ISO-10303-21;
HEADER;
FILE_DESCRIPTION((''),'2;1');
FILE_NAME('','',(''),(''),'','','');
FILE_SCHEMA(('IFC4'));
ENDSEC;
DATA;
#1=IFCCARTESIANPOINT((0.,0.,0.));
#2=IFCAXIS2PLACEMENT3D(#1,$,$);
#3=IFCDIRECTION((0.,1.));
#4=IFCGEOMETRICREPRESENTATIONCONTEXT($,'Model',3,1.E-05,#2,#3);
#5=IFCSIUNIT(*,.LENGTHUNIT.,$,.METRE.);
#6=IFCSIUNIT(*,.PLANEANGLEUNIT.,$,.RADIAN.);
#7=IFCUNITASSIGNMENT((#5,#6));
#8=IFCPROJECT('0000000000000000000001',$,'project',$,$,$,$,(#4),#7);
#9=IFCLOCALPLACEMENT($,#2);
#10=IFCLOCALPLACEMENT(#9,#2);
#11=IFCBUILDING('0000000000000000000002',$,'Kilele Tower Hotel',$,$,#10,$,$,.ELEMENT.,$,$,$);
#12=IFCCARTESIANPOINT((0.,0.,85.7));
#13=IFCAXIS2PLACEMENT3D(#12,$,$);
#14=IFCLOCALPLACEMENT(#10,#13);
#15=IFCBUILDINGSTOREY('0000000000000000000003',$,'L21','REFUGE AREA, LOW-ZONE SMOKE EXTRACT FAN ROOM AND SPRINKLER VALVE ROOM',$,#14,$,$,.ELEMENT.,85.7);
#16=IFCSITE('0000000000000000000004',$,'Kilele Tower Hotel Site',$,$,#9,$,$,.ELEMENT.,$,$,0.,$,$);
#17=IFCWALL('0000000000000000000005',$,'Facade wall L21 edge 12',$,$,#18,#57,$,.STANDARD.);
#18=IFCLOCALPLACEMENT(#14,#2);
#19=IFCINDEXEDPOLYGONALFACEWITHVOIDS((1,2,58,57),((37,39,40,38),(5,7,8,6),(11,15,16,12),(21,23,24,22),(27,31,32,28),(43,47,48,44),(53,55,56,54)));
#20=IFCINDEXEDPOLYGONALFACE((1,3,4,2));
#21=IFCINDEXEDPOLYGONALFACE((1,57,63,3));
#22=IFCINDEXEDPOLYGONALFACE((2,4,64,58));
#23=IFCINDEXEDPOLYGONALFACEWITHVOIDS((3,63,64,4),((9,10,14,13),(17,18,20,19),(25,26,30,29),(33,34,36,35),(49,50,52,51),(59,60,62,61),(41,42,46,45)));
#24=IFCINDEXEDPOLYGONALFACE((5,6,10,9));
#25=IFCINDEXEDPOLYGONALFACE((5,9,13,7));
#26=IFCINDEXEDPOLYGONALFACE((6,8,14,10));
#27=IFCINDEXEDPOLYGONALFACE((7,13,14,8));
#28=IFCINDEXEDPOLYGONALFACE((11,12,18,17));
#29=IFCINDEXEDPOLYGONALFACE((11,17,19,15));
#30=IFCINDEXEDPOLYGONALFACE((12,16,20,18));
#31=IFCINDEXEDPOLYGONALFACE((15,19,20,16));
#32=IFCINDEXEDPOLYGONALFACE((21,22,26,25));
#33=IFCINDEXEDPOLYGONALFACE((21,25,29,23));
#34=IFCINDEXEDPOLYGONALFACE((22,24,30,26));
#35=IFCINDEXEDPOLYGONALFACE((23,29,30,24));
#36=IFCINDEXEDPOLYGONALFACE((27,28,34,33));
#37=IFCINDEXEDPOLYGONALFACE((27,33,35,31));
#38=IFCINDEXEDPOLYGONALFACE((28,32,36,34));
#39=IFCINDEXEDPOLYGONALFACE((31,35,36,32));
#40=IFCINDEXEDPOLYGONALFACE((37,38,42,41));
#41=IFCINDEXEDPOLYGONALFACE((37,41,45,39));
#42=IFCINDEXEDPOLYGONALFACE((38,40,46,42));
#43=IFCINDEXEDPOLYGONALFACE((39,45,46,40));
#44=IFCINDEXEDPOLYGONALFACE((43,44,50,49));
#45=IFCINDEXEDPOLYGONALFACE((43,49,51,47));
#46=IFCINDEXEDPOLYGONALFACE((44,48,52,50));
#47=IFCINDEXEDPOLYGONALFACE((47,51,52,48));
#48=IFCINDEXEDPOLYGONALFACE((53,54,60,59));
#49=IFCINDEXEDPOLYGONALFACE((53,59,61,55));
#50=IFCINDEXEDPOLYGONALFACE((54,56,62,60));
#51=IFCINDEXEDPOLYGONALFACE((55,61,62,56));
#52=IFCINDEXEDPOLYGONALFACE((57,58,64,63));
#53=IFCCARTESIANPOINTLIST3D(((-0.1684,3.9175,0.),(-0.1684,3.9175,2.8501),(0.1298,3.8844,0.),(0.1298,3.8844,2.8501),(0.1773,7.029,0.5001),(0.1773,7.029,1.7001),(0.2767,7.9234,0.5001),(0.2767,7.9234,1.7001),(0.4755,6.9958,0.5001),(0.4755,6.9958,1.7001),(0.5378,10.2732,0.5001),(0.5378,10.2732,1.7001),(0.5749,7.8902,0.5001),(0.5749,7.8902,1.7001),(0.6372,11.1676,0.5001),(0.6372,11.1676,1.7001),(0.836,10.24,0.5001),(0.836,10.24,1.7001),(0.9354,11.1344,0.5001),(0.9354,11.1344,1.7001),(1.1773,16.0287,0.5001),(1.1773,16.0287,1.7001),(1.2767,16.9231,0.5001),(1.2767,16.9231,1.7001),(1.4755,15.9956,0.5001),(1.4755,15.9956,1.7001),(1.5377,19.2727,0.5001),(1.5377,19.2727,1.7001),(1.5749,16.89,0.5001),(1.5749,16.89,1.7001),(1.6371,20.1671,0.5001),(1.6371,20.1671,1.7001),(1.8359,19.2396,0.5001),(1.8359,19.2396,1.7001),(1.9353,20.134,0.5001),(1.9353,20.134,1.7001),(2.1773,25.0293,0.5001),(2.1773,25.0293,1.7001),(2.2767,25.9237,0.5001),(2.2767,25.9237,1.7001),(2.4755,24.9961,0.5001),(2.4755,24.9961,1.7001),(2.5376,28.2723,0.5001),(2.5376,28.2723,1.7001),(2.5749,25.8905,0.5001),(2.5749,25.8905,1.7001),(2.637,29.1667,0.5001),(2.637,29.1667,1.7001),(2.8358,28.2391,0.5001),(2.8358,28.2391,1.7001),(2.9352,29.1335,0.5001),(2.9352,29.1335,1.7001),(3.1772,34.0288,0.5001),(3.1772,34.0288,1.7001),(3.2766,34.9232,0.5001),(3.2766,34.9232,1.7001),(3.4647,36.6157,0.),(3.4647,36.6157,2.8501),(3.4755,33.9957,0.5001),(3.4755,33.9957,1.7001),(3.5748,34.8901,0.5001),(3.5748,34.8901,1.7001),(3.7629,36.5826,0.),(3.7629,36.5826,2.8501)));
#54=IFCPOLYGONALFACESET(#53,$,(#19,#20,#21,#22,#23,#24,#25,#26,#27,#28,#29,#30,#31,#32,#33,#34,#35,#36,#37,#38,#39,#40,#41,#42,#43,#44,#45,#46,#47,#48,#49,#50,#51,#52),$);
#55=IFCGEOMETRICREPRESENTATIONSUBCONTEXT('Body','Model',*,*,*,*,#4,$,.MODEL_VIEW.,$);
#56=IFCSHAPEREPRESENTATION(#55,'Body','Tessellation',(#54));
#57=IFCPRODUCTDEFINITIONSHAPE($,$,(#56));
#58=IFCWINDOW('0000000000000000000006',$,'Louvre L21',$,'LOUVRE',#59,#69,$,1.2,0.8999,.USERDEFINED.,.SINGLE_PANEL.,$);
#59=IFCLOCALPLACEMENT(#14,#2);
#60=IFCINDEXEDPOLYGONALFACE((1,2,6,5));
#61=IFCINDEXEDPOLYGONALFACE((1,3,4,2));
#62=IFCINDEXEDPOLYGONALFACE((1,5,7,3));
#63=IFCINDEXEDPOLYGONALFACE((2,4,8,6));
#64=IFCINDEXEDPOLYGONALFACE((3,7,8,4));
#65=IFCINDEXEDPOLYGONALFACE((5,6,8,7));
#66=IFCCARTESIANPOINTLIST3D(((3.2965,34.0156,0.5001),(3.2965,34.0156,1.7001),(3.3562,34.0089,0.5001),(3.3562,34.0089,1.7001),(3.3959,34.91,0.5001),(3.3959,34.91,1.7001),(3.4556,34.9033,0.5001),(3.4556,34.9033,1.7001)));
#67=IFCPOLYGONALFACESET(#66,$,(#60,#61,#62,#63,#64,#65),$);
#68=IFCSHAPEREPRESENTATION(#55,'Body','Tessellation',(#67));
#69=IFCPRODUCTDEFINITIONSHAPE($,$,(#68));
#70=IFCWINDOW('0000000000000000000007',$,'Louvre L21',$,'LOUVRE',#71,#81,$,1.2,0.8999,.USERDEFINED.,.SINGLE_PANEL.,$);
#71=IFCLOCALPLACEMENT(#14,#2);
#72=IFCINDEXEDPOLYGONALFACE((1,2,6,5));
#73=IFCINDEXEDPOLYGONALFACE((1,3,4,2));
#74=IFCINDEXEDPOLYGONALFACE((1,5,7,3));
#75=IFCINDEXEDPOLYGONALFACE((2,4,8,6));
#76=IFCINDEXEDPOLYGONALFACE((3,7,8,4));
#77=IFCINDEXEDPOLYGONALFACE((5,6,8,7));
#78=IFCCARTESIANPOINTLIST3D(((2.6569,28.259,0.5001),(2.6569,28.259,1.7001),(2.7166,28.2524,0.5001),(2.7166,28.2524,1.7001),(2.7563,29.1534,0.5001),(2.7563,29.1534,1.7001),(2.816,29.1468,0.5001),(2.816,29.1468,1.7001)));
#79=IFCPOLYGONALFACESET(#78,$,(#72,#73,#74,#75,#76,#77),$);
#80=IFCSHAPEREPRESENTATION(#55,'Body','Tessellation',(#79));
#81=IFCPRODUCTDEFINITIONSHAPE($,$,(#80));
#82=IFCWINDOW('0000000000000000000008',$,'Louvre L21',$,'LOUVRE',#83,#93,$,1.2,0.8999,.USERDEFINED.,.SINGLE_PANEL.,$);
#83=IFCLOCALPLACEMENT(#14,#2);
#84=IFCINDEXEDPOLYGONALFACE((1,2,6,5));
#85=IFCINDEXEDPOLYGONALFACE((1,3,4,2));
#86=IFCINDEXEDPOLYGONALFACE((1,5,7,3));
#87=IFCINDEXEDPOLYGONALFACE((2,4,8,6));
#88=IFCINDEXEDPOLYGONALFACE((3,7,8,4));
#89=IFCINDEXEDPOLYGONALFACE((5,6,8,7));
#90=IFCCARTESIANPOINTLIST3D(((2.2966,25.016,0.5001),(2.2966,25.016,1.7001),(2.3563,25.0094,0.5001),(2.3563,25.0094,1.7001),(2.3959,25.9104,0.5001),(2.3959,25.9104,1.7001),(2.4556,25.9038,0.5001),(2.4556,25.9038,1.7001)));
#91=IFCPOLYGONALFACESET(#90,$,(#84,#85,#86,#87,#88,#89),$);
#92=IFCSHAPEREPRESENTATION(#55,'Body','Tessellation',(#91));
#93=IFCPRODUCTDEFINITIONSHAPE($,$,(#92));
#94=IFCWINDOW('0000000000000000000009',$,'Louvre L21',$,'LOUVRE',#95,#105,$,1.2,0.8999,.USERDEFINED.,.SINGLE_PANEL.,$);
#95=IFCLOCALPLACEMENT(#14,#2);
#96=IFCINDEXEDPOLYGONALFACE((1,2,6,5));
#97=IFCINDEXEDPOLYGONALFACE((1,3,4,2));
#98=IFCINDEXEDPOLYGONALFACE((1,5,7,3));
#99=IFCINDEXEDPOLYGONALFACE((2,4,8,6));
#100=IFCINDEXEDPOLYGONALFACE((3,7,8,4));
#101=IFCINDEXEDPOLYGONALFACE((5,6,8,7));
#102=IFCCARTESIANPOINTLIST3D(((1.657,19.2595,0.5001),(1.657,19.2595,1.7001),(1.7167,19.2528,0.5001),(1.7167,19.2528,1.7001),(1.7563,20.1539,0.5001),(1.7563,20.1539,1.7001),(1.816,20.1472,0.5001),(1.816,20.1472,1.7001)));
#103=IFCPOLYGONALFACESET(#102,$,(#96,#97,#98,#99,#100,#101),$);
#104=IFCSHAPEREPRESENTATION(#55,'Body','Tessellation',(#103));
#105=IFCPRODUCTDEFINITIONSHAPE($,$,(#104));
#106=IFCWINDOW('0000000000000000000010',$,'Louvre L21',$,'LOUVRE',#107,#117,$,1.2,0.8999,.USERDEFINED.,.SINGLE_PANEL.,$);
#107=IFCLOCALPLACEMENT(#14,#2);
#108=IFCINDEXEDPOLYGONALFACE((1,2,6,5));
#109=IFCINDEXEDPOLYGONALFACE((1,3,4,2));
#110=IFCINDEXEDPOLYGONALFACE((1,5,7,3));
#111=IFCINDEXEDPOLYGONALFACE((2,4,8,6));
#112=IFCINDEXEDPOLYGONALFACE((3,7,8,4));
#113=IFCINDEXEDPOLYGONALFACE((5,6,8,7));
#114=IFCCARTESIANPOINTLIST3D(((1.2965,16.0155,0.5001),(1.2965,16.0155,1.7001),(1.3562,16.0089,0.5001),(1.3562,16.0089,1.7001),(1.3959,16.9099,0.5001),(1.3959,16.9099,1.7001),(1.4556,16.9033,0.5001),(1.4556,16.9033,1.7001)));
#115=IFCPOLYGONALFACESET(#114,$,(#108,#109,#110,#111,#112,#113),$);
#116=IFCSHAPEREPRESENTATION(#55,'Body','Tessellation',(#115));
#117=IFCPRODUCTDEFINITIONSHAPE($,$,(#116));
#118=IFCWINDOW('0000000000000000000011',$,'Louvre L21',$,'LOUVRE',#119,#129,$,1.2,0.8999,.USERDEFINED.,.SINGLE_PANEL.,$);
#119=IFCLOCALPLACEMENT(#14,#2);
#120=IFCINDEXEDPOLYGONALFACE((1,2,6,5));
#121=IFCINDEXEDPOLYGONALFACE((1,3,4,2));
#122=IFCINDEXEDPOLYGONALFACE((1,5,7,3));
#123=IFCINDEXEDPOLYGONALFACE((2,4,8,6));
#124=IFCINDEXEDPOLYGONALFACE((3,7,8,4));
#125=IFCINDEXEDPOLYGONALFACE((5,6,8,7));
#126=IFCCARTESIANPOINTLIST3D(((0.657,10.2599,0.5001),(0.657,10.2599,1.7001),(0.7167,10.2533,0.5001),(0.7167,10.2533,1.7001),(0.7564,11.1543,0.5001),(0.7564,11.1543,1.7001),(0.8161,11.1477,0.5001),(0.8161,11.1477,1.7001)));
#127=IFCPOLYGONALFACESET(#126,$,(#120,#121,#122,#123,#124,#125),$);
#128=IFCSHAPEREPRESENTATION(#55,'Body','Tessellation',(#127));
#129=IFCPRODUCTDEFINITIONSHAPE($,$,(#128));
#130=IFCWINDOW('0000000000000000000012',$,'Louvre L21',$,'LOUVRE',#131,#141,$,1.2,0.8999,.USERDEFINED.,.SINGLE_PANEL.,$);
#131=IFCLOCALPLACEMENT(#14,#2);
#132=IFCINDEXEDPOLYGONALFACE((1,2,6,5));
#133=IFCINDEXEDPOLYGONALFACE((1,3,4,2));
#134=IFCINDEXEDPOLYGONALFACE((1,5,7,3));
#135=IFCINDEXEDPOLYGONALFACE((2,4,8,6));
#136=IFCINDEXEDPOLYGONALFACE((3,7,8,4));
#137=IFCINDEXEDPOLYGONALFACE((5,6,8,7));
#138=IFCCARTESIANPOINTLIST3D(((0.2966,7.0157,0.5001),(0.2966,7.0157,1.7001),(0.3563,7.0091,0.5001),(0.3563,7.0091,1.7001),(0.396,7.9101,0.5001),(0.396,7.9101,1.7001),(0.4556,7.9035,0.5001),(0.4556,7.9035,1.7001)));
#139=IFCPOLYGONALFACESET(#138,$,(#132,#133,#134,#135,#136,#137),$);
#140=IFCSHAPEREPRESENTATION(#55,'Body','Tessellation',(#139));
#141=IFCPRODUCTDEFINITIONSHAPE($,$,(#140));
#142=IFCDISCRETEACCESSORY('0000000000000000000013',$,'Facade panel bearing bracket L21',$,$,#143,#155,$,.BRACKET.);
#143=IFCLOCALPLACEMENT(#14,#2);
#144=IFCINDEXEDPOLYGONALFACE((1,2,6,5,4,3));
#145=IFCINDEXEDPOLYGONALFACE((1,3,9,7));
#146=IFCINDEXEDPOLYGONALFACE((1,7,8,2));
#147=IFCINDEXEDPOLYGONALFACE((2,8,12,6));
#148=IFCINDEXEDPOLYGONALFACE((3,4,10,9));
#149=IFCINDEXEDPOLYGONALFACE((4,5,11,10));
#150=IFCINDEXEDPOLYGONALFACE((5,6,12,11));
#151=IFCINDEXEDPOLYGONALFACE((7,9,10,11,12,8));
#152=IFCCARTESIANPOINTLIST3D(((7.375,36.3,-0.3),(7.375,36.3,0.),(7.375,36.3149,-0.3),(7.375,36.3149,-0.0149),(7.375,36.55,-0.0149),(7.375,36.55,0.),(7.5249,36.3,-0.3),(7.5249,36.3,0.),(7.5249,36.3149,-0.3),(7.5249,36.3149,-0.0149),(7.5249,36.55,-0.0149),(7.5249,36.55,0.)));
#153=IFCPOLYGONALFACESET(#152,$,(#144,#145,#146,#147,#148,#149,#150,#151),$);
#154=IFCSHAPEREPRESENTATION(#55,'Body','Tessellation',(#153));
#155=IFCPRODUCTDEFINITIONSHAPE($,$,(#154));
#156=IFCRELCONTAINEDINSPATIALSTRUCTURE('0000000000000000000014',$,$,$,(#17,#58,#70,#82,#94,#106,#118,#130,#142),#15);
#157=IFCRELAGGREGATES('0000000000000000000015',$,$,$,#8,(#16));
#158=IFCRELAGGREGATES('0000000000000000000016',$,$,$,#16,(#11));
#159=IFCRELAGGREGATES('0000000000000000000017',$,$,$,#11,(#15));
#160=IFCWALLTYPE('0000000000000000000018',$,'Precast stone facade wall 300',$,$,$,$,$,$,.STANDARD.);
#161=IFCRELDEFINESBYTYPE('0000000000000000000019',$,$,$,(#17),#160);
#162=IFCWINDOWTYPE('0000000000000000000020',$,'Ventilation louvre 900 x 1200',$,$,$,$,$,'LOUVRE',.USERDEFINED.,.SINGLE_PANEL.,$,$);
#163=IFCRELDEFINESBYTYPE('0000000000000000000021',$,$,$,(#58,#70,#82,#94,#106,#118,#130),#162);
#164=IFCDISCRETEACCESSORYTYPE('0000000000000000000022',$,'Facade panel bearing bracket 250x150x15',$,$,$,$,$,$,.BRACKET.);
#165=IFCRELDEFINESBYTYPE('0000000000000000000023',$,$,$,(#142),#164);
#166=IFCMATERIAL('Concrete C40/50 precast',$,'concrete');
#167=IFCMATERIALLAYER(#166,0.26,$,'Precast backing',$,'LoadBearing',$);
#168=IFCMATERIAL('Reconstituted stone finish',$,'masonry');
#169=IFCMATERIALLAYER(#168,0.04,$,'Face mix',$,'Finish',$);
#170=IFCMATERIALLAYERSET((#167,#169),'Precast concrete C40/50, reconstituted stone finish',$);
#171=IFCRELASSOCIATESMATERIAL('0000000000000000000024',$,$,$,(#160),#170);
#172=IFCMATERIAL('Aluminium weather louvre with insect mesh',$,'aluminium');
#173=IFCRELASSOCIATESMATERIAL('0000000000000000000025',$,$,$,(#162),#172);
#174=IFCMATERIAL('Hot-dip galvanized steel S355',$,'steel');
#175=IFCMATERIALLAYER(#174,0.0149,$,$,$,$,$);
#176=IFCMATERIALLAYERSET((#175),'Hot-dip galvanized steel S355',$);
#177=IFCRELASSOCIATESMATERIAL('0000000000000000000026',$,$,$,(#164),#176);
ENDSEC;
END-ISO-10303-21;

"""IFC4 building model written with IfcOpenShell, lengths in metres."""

from ifc_helpers import new_model, si_unit, direction, frame, frame_2d, origin, place, context, subcontext, project, spatial, polyline, rectangle, outline, extrude, source, transform, mapped, material, layer, layer_set, type_object, element, fill, save


model = new_model("IFC4")

# Units and contexts
model_context = context("Model", 3, precision=1e-05, world=origin(), true_north=direction((0.0, 1.0)))
body_context = subcontext(model_context, "Body", "Model", "MODEL_VIEW")
ifc_project = project(units=[si_unit("LENGTHUNIT", "METRE"), si_unit("PLANEANGLEUNIT", "RADIAN")], contexts=[model_context])

# Site, building, storey
site_placement = place(None, origin())
site = spatial("IfcSite", under=ifc_project, at=site_placement, Name="Kilele Tower Hotel Site", CompositionType="ELEMENT", RefElevation=0.0)
building_placement = place(site_placement, origin())
building = spatial("IfcBuilding", under=site, at=building_placement, Name="Kilele Tower Hotel", CompositionType="ELEMENT")
storey_placement = place(building_placement, frame((0.0, 0.0, 85.7)))
storey = spatial("IfcBuildingStorey", under=building, at=storey_placement, Name="L21", Description="REFUGE AREA, LOW-ZONE SMOKE EXTRACT FAN ROOM AND SPRINKLER VALVE ROOM", CompositionType="ELEMENT", Elevation=85.7)

# Shared definitions
ifc_material_1 = material(Name="Concrete C40/50 precast", Category="concrete")
ifc_layer_1 = layer(ifc_material_1, 0.26, Name="Precast backing", Category="LoadBearing")
ifc_material_2 = material(Name="Reconstituted stone finish", Category="masonry")
ifc_layer_2 = layer(ifc_material_2, 0.04, Name="Face mix", Category="Finish")
ifc_layer_set_1 = layer_set([ifc_layer_1, ifc_layer_2], Name="Precast concrete C40/50, reconstituted stone finish")
wall_type = type_object("IfcWallType", Name="Precast stone facade wall 300", PredefinedType="STANDARD", material=ifc_layer_set_1)
ifc_material_3 = material(Name="Aluminium weather louvre with insect mesh", Category="aluminium")
window_type_1 = type_object("IfcWindowType", Name="Ventilation louvre 900 x 1200", ElementType="LOUVRE", PartitioningType="SINGLE_PANEL", PredefinedType="USERDEFINED", material=ifc_material_3)

# Wall, openings, windows
wall_1_placement = place(storey_placement, frame((3.6138, 36.5991, 0.0), z_axis=(0.0, 0.0, 1.0), x_axis=(-0.110429, -0.993884, 0.0)))
wall_1 = element("IfcWall", 1, at=wall_1_placement, inside=storey, type_object=wall_type, Name="Facade wall L21 edge 12", PredefinedType="STANDARD", context=body_context, shape_type="SweptSolid", body=[
    extrude(rectangle(XDim=32.8994, YDim=0.3, at=frame_2d((16.4497, 0.0))), origin(), (0.0, 0.0, 1.0), 2.8501),
])
opening_1_placement = place(wall_1_placement, frame((1.7029, 0.0, 0.5)))
opening_1 = element("IfcOpeningElement", 2, at=opening_1_placement, cuts=wall_1, PredefinedType="OPENING", context=body_context, shape_type="SweptSolid", body=[
    extrude(rectangle(XDim=0.8999, YDim=1.2, at=frame_2d((0.45, 0.6001))), frame((0.0, 0.1599, 0.0), z_axis=(0.0, -1.0, 0.0), x_axis=(1.0, 0.0, 0.0)), (0.0, 0.0, 1.0), 0.3201),
])
opening_2_placement = place(wall_1_placement, frame((7.4949, 0.0, 0.5)))
opening_2 = element("IfcOpeningElement", 3, at=opening_2_placement, cuts=wall_1, PredefinedType="OPENING", context=body_context, shape_type="SweptSolid", body=[
    extrude(rectangle(XDim=0.8999, YDim=1.2, at=frame_2d((0.45, 0.6001))), frame((0.0, 0.1599, 0.0), z_axis=(0.0, -1.0, 0.0), x_axis=(1.0, 0.0, 0.0)), (0.0, 0.0, 1.0), 0.3201),
])
opening_3_placement = place(wall_1_placement, frame((10.7578, 0.0, 0.5)))
opening_3 = element("IfcOpeningElement", 4, at=opening_3_placement, cuts=wall_1, PredefinedType="OPENING", context=body_context, shape_type="SweptSolid", body=[
    extrude(rectangle(XDim=0.8999, YDim=1.2, at=frame_2d((0.45, 0.6001))), frame((0.0, 0.1599, 0.0), z_axis=(0.0, -1.0, 0.0), x_axis=(1.0, 0.0, 0.0)), (0.0, 0.0, 1.0), 0.3201),
])
opening_4_placement = place(wall_1_placement, frame((16.5498, 0.0, 0.5)))
opening_4 = element("IfcOpeningElement", 5, at=opening_4_placement, cuts=wall_1, PredefinedType="OPENING", context=body_context, shape_type="SweptSolid", body=[
    extrude(rectangle(XDim=0.8999, YDim=1.2, at=frame_2d((0.45, 0.6001))), frame((0.0, 0.1599, 0.0), z_axis=(0.0, -1.0, 0.0), x_axis=(1.0, 0.0, 0.0)), (0.0, 0.0, 1.0), 0.3201),
])
opening_5_placement = place(wall_1_placement, frame((19.8137, 0.0, 0.5)))
opening_5 = element("IfcOpeningElement", 6, at=opening_5_placement, cuts=wall_1, PredefinedType="OPENING", context=body_context, shape_type="SweptSolid", body=[
    extrude(rectangle(XDim=0.8999, YDim=1.2, at=frame_2d((0.45, 0.6001))), frame((0.0, 0.1599, 0.0), z_axis=(0.0, -1.0, 0.0), x_axis=(1.0, 0.0, 0.0)), (0.0, 0.0, 1.0), 0.3201),
])
opening_6_placement = place(wall_1_placement, frame((25.6047, 0.0, 0.5)))
opening_6 = element("IfcOpeningElement", 7, at=opening_6_placement, cuts=wall_1, PredefinedType="OPENING", context=body_context, shape_type="SweptSolid", body=[
    extrude(rectangle(XDim=0.8999, YDim=1.2, at=frame_2d((0.45, 0.6001))), frame((0.0, 0.1599, 0.0), z_axis=(0.0, -1.0, 0.0), x_axis=(1.0, 0.0, 0.0)), (0.0, 0.0, 1.0), 0.3201),
])
opening_7_placement = place(wall_1_placement, frame((28.8689, 0.0, 0.5)))
opening_7 = element("IfcOpeningElement", 8, at=opening_7_placement, cuts=wall_1, PredefinedType="OPENING", context=body_context, shape_type="SweptSolid", body=[
    extrude(rectangle(XDim=0.8999, YDim=1.2, at=frame_2d((0.45, 0.6001))), frame((0.0, 0.1599, 0.0), z_axis=(0.0, -1.0, 0.0), x_axis=(1.0, 0.0, 0.0)), (0.0, 0.0, 1.0), 0.3201),
])
window_1_placement = place(opening_1_placement, origin())
window_1 = element("IfcWindow", 9, at=window_1_placement, inside=storey, type_object=window_type_1, Name="Louvre L21", ObjectType="LOUVRE", OverallHeight=1.2, OverallWidth=0.8999, PartitioningType="SINGLE_PANEL", PredefinedType="USERDEFINED", context=body_context, shape_type="SweptSolid", body=[
    extrude(rectangle(XDim=0.8999, YDim=1.2, at=frame_2d((0.45, 0.6001))), frame((0.0, 0.03, 0.0), z_axis=(0.0, -1.0, 0.0), x_axis=(1.0, 0.0, 0.0)), (0.0, 0.0, 1.0), 0.0601),
])
fill(opening_1, window_1)
window_2_placement = place(opening_2_placement, origin())
window_2 = element("IfcWindow", 10, at=window_2_placement, inside=storey, type_object=window_type_1, Name="Louvre L21", ObjectType="LOUVRE", OverallHeight=1.2, OverallWidth=0.8999, PartitioningType="SINGLE_PANEL", PredefinedType="USERDEFINED", context=body_context, shape_type="SweptSolid", body=[
    extrude(rectangle(XDim=0.8999, YDim=1.2, at=frame_2d((0.45, 0.6001))), frame((0.0, 0.03, 0.0), z_axis=(0.0, -1.0, 0.0), x_axis=(1.0, 0.0, 0.0)), (0.0, 0.0, 1.0), 0.0601),
])
fill(opening_2, window_2)
window_3_placement = place(opening_3_placement, origin())
window_3 = element("IfcWindow", 11, at=window_3_placement, inside=storey, type_object=window_type_1, Name="Louvre L21", ObjectType="LOUVRE", OverallHeight=1.2, OverallWidth=0.8999, PartitioningType="SINGLE_PANEL", PredefinedType="USERDEFINED", context=body_context, shape_type="SweptSolid", body=[
    extrude(rectangle(XDim=0.8999, YDim=1.2, at=frame_2d((0.45, 0.6001))), frame((0.0, 0.03, 0.0), z_axis=(0.0, -1.0, 0.0), x_axis=(1.0, 0.0, 0.0)), (0.0, 0.0, 1.0), 0.0601),
])
fill(opening_3, window_3)
window_4_placement = place(opening_4_placement, origin())
window_4 = element("IfcWindow", 12, at=window_4_placement, inside=storey, type_object=window_type_1, Name="Louvre L21", ObjectType="LOUVRE", OverallHeight=1.2, OverallWidth=0.8999, PartitioningType="SINGLE_PANEL", PredefinedType="USERDEFINED", context=body_context, shape_type="SweptSolid", body=[
    extrude(rectangle(XDim=0.8999, YDim=1.2, at=frame_2d((0.45, 0.6001))), frame((0.0, 0.03, 0.0), z_axis=(0.0, -1.0, 0.0), x_axis=(1.0, 0.0, 0.0)), (0.0, 0.0, 1.0), 0.0601),
])
fill(opening_4, window_4)
window_5_placement = place(opening_5_placement, origin())
window_5 = element("IfcWindow", 13, at=window_5_placement, inside=storey, type_object=window_type_1, Name="Louvre L21", ObjectType="LOUVRE", OverallHeight=1.2, OverallWidth=0.8999, PartitioningType="SINGLE_PANEL", PredefinedType="USERDEFINED", context=body_context, shape_type="SweptSolid", body=[
    extrude(rectangle(XDim=0.8999, YDim=1.2, at=frame_2d((0.45, 0.6001))), frame((0.0, 0.03, 0.0), z_axis=(0.0, -1.0, 0.0), x_axis=(1.0, 0.0, 0.0)), (0.0, 0.0, 1.0), 0.0601),
])
fill(opening_5, window_5)
window_6_placement = place(opening_6_placement, origin())
window_6 = element("IfcWindow", 14, at=window_6_placement, inside=storey, type_object=window_type_1, Name="Louvre L21", ObjectType="LOUVRE", OverallHeight=1.2, OverallWidth=0.8999, PartitioningType="SINGLE_PANEL", PredefinedType="USERDEFINED", context=body_context, shape_type="SweptSolid", body=[
    extrude(rectangle(XDim=0.8999, YDim=1.2, at=frame_2d((0.45, 0.6001))), frame((0.0, 0.03, 0.0), z_axis=(0.0, -1.0, 0.0), x_axis=(1.0, 0.0, 0.0)), (0.0, 0.0, 1.0), 0.0601),
])
fill(opening_6, window_6)
window_7_placement = place(opening_7_placement, origin())
window_7 = element("IfcWindow", 15, at=window_7_placement, inside=storey, type_object=window_type_1, Name="Louvre L21", ObjectType="LOUVRE", OverallHeight=1.2, OverallWidth=0.8999, PartitioningType="SINGLE_PANEL", PredefinedType="USERDEFINED", context=body_context, shape_type="SweptSolid", body=[
    extrude(rectangle(XDim=0.8999, YDim=1.2, at=frame_2d((0.45, 0.6001))), frame((0.0, 0.03, 0.0), z_axis=(0.0, -1.0, 0.0), x_axis=(1.0, 0.0, 0.0)), (0.0, 0.0, 1.0), 0.0601),
])
fill(opening_7, window_7)

# Discrete accessory
ifc_material_4 = material(Name="Hot-dip galvanized steel S355", Category="steel")
ifc_layer_3 = layer(ifc_material_4, 0.0149)
ifc_layer_set_2 = layer_set([ifc_layer_3], Name="Hot-dip galvanized steel S355")
discrete_accessory_type_1 = type_object("IfcDiscreteAccessoryType", Name="Facade panel bearing bracket 250x150x15", PredefinedType="BRACKET", material=ifc_layer_set_2)
shared_shape_1 = source(origin(), body_context, "Body", "SweptSolid", [
    extrude(outline(polyline([(0.0, 0.0), (0.25, 0.0), (0.25, -0.0149), (0.0149, -0.0149), (0.0149, -0.3), (0.0, -0.3), (0.0, 0.0)])), origin(), (0.0, 0.0, 1.0), 0.1499),
])
for number, where, z_axis, x_axis, name in (
    (16, (7.375, 36.3, 0.0), (1.0, 0.0, 0.0), (0.0, 1.0, 0.0), "Facade panel bearing bracket L21"),
):
    element("IfcDiscreteAccessory", number, at=place(storey_placement, frame(where, z_axis=z_axis, x_axis=x_axis)), inside=storey, type_object=discrete_accessory_type_1, Name=name, PredefinedType="BRACKET", context=body_context, shape_type="MappedRepresentation", body=[
        mapped(shared_shape_1, transform((0.0, 0.0, 0.0))),
    ])

save(model, "model.ifc")
